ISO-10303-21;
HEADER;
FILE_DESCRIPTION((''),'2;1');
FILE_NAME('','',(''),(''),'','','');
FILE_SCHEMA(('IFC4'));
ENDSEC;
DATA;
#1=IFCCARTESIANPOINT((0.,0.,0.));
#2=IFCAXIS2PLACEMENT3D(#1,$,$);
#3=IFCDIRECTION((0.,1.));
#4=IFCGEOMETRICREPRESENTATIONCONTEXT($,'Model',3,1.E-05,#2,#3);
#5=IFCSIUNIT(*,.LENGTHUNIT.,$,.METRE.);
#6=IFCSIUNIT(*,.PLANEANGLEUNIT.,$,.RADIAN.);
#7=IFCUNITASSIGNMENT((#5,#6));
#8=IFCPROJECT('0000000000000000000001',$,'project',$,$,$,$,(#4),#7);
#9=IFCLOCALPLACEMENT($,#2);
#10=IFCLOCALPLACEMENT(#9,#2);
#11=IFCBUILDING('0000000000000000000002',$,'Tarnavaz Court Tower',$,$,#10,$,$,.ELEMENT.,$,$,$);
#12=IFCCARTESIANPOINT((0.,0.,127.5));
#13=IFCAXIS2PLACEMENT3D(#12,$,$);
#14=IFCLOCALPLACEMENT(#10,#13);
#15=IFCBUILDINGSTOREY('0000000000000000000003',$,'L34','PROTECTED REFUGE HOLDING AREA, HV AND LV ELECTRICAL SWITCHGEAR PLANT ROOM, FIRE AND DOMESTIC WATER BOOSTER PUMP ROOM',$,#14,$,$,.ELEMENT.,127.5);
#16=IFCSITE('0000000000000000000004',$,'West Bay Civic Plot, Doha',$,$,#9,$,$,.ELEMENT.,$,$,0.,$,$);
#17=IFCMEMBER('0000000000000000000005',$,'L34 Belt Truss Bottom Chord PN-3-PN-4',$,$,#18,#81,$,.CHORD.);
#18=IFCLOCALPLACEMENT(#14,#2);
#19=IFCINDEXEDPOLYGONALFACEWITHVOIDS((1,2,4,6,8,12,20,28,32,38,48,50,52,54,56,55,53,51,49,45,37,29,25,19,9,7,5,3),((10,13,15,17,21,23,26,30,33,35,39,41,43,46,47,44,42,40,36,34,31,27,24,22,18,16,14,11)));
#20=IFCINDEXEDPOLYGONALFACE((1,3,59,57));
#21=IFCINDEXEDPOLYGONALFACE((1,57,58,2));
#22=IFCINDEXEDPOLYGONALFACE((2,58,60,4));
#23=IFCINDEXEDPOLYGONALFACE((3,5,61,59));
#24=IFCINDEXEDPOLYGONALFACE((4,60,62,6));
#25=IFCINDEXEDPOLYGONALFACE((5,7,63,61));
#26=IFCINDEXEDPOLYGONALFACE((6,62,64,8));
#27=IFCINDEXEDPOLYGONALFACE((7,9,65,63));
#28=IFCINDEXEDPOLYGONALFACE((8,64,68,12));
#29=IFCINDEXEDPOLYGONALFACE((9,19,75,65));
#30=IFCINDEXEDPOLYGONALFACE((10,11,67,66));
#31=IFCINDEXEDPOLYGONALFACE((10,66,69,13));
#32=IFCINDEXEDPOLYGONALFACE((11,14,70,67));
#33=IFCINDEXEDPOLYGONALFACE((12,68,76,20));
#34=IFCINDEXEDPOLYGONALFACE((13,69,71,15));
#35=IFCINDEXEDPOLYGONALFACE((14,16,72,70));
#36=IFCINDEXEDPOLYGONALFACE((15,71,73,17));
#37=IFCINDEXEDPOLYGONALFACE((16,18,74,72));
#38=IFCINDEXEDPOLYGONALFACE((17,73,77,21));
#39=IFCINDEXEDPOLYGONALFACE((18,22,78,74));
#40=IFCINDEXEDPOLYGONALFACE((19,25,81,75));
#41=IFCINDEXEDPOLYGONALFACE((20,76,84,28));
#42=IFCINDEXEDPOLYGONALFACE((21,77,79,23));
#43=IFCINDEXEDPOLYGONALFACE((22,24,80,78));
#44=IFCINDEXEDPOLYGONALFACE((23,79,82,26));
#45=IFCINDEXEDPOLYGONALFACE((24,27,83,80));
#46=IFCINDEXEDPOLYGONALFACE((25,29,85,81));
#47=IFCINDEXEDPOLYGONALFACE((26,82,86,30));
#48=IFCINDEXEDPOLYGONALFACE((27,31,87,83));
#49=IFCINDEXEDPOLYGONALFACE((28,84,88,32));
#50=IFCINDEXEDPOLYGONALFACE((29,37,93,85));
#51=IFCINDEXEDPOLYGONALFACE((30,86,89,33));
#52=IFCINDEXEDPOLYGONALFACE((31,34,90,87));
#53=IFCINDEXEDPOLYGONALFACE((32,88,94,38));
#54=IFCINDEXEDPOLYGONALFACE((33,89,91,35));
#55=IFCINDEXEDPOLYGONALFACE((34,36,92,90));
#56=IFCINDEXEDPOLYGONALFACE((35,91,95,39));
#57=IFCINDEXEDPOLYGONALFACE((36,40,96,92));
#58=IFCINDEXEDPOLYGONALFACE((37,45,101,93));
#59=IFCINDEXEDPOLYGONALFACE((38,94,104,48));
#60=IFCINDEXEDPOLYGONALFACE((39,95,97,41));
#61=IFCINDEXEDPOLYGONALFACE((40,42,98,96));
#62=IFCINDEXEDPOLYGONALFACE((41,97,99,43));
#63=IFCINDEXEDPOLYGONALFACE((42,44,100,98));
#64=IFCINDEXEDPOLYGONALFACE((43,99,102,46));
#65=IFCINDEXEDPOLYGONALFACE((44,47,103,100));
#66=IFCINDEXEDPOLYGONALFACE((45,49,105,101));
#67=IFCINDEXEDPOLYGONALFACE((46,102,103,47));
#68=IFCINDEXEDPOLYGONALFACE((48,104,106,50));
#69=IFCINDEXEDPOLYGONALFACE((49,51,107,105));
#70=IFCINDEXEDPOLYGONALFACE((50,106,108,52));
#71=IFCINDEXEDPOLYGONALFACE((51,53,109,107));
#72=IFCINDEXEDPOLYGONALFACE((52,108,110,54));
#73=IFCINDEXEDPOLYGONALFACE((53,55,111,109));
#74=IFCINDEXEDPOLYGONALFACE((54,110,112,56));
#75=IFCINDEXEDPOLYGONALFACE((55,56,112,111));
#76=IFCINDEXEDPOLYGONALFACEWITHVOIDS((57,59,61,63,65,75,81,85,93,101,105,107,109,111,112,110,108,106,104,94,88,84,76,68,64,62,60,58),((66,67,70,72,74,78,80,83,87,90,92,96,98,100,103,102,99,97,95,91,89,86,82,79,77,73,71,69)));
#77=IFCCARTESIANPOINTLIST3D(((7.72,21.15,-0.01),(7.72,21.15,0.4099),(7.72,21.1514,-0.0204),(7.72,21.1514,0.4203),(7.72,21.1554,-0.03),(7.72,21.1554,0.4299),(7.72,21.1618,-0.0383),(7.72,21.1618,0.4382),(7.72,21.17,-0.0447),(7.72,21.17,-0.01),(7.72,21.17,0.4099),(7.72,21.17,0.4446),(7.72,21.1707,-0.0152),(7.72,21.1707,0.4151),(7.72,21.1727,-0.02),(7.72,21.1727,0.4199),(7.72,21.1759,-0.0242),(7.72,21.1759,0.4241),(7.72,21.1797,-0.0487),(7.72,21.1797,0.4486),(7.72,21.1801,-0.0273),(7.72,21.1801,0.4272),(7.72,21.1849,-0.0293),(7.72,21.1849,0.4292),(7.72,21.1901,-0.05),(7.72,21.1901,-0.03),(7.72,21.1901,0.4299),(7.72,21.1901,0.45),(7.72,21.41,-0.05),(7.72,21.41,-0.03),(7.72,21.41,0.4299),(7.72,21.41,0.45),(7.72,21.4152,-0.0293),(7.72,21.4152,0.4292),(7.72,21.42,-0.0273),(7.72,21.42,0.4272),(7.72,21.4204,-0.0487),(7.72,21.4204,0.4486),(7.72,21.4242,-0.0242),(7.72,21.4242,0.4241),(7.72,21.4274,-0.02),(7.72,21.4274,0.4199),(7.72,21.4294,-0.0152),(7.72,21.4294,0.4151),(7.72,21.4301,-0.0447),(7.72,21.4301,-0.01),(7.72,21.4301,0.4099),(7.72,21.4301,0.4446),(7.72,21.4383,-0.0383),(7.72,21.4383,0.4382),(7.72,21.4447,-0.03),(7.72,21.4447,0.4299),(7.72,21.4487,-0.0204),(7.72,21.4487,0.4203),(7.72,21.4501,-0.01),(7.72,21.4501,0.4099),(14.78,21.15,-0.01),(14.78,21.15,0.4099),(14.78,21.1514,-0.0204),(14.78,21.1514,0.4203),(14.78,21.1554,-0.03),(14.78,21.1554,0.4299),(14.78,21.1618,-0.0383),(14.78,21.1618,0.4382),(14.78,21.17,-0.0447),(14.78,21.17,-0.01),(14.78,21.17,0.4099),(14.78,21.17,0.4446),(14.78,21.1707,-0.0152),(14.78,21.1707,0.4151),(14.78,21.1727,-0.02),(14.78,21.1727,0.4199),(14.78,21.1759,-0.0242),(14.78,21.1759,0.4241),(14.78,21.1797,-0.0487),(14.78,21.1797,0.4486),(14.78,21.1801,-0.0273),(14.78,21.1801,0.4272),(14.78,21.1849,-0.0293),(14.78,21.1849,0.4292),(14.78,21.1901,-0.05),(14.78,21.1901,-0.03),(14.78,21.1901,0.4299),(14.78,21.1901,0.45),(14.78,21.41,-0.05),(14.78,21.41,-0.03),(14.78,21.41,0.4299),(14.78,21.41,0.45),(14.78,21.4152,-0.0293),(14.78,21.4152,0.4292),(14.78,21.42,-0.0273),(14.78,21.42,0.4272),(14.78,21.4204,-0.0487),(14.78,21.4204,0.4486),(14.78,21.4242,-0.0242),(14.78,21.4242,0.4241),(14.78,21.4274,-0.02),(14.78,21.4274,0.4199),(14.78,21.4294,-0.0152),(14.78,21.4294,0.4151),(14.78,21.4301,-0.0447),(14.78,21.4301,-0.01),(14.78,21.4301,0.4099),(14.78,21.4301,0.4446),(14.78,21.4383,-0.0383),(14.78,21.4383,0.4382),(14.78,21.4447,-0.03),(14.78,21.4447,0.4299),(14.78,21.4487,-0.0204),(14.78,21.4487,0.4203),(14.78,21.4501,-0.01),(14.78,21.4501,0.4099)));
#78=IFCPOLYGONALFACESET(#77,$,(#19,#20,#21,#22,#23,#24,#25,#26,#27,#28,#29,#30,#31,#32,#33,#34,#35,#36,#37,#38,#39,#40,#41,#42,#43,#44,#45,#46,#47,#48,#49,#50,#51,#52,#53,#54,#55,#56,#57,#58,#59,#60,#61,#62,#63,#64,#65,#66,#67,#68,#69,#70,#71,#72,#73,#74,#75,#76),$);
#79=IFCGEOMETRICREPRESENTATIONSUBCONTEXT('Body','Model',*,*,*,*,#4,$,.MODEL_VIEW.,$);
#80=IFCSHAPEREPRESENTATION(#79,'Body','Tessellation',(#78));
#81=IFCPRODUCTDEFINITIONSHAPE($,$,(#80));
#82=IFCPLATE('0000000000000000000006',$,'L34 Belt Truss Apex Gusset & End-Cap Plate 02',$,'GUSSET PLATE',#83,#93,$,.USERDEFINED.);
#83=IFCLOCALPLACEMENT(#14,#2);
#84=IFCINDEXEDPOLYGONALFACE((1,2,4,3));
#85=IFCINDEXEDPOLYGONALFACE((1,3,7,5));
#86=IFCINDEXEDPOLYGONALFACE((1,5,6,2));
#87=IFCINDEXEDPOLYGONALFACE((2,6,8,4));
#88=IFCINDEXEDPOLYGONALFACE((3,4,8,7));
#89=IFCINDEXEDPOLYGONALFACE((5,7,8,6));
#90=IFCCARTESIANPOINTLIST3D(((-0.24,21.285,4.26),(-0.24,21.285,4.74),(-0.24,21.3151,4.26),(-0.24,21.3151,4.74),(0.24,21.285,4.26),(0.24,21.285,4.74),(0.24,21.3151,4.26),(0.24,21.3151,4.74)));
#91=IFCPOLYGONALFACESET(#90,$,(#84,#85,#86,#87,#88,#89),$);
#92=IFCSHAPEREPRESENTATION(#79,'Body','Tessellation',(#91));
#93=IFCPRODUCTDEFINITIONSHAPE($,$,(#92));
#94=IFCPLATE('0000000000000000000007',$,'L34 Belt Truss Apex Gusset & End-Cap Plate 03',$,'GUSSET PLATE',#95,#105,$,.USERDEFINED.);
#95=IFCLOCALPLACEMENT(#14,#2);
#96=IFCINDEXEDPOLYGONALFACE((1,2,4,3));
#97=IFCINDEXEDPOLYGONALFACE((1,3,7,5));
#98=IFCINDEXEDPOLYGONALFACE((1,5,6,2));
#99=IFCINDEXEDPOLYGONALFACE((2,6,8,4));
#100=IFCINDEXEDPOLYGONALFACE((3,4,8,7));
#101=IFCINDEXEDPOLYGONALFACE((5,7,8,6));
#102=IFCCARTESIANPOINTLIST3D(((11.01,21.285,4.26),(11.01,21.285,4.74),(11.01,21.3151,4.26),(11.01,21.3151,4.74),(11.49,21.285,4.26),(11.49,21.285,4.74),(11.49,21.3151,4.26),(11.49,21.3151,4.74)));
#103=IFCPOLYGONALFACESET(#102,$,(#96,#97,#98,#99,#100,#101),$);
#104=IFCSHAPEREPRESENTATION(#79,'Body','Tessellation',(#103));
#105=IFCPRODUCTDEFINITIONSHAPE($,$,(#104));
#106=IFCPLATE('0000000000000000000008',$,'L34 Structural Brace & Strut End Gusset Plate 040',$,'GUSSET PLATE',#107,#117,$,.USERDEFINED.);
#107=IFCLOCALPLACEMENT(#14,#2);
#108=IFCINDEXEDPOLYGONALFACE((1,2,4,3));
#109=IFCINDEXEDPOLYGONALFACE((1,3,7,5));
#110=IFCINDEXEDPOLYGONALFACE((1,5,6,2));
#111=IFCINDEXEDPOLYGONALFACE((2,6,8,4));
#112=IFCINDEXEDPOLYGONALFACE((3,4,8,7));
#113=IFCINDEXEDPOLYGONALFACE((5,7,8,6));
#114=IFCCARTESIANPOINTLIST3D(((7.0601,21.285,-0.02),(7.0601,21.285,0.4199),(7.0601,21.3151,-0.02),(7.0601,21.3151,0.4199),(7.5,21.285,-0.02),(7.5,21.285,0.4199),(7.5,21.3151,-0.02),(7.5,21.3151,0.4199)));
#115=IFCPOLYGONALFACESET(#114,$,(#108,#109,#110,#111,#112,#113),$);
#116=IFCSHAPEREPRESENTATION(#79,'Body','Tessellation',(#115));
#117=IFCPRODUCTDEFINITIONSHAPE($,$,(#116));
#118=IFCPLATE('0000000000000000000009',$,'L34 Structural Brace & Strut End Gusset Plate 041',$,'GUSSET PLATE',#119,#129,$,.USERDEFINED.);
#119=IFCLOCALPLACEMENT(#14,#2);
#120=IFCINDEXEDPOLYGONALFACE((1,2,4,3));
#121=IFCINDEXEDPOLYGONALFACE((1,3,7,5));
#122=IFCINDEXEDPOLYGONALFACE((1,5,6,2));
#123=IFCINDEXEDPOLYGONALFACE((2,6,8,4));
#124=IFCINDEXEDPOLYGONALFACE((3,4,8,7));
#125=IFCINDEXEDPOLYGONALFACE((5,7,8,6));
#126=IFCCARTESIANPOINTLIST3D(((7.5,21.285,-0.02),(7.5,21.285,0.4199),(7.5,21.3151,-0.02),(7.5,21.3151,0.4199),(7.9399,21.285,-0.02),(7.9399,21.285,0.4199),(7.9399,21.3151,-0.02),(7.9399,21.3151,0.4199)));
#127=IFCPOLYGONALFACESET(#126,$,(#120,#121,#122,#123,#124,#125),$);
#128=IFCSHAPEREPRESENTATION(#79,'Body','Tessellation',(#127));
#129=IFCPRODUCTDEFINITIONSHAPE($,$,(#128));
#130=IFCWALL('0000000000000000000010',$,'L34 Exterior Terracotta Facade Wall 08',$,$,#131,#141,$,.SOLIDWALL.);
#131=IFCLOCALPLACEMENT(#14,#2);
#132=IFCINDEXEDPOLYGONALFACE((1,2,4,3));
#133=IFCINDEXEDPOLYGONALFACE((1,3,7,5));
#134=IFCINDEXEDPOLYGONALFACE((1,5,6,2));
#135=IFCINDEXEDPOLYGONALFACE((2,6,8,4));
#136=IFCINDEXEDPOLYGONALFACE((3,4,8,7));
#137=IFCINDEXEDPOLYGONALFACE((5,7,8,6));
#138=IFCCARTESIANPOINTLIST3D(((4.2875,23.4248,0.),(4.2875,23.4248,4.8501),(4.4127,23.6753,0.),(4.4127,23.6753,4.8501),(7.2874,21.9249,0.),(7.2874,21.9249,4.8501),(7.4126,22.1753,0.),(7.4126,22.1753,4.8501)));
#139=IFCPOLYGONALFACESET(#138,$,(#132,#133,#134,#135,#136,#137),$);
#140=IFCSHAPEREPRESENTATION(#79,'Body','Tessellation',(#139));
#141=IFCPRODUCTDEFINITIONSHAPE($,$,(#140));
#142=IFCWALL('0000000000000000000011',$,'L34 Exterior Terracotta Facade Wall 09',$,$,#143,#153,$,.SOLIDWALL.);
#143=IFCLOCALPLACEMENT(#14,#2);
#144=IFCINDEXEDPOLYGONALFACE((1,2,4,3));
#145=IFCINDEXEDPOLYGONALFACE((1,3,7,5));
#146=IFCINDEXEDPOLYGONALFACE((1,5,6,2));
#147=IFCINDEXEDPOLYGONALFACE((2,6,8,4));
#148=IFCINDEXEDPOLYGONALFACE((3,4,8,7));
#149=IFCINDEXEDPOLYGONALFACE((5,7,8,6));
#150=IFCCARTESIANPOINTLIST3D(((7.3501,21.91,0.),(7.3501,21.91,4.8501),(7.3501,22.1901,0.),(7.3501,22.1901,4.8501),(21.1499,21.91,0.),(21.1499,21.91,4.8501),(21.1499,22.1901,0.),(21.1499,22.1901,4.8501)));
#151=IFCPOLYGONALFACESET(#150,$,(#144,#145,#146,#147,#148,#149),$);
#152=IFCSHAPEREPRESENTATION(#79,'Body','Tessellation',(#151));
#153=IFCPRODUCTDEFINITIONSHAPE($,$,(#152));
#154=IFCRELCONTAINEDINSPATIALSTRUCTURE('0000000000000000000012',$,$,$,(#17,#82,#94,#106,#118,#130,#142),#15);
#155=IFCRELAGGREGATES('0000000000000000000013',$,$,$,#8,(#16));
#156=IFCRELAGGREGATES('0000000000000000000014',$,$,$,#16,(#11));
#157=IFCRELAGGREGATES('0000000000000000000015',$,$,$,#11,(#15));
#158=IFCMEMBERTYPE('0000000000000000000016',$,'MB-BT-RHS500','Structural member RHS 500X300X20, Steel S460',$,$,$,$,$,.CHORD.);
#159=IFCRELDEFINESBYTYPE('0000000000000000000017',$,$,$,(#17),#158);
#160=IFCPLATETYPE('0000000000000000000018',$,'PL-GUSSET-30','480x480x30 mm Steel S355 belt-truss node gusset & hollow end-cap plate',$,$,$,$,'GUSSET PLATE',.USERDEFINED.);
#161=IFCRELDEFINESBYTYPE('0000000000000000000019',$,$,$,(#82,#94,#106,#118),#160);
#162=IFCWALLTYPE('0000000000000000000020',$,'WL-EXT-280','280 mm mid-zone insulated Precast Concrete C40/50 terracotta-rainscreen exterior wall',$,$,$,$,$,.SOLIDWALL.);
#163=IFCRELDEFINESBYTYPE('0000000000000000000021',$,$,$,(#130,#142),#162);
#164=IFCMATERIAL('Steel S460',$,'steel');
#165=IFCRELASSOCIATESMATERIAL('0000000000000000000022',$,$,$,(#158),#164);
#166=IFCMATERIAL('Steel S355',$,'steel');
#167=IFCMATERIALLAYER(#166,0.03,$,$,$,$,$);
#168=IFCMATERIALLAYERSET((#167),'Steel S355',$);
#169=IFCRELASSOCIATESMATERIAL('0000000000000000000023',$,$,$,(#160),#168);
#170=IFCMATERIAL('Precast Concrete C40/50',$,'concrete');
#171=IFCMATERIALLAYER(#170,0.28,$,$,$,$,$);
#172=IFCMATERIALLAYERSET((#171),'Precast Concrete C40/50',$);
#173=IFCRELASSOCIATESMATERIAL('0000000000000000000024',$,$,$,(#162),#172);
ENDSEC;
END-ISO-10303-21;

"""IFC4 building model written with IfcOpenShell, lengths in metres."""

from ifc_helpers import new_model, si_unit, direction, frame, frame_2d, origin, origin_2d, place, context, subcontext, project, spatial, rectangle, hollow_rectangle, extrude, material, layer, layer_set, material_profile, profile_set, type_object, element, save


model = new_model("IFC4")

# Units and contexts
model_context = context("Model", 3, precision=1e-05, world=origin(), true_north=direction((0.0, 1.0)))
body_context = subcontext(model_context, "Body", "Model", "MODEL_VIEW")
ifc_project = project(units=[si_unit("LENGTHUNIT", "METRE"), si_unit("PLANEANGLEUNIT", "RADIAN")], contexts=[model_context])

# Site, building, storey
site_placement = place(None, origin())
site = spatial("IfcSite", under=ifc_project, at=site_placement, Name="West Bay Civic Plot, Doha", CompositionType="ELEMENT", RefElevation=0.0)
building_placement = place(site_placement, origin())
building = spatial("IfcBuilding", under=site, at=building_placement, Name="Tarnavaz Court Tower", CompositionType="ELEMENT")
storey_placement = place(building_placement, frame((0.0, 0.0, 127.5)))
storey = spatial("IfcBuildingStorey", under=building, at=storey_placement, Name="L34", Description="PROTECTED REFUGE HOLDING AREA, HV AND LV ELECTRICAL SWITCHGEAR PLANT ROOM, FIRE AND DOMESTIC WATER BOOSTER PUMP ROOM", CompositionType="ELEMENT", Elevation=127.5)

# Shared definitions
ifc_material_1 = material(Name="Steel S460", Category="steel")

# Shared definitions
ifc_material_2 = material(Name="Steel S355", Category="steel")

# Member
ifc_material_profile_1 = material_profile(ifc_material_1, hollow_rectangle(XDim=0.3, YDim=0.5, WallThickness=0.02, InnerFilletRadius=0.02, OuterFilletRadius=0.04, at=origin_2d()), Name="RHS 500X300X20")
ifc_profile_set_1 = profile_set([ifc_material_profile_1], Name="Steel S460")
member_type_1 = type_object("IfcMemberType", Name="MB-BT-RHS500", Description="Structural member RHS 500X300X20, Steel S460", PredefinedType="CHORD", material=ifc_profile_set_1)
member_1_placement = place(storey_placement, frame((7.72, 21.3, 0.2), z_axis=(1.0, 0.0, 0.0), x_axis=(0.0, 1.0, 0.0)))
element("IfcMember", 1, at=member_1_placement, inside=storey, type_object=member_type_1, Name="L34 Belt Truss Bottom Chord PN-3-PN-4", PredefinedType="CHORD", context=body_context, shape_type="SweptSolid", body=[
    extrude(hollow_rectangle(XDim=0.3, YDim=0.5, WallThickness=0.02, InnerFilletRadius=0.02, OuterFilletRadius=0.04, at=origin_2d()), origin(), (0.0, 0.0, 1.0), 7.0601),
])

# Plates
ifc_layer_1 = layer(ifc_material_2, 0.03)
ifc_layer_set_1 = layer_set([ifc_layer_1], Name="Steel S355")
plate_type = type_object("IfcPlateType", Name="PL-GUSSET-30", Description="480x480x30 mm Steel S355 belt-truss node gusset & hollow end-cap plate", ElementType="GUSSET PLATE", PredefinedType="USERDEFINED", material=ifc_layer_set_1)
for number, where, z_axis, x_axis, name in (
    (2, (0.0, 21.3, 4.26), (0.0, 0.0, 1.0), (1.0, 0.0, 0.0), "L34 Belt Truss Apex Gusset & End-Cap Plate 02"),
    (3, (11.25, 21.3, 4.26), (0.0, 0.0, 1.0), (1.0, 0.0, 0.0), "L34 Belt Truss Apex Gusset & End-Cap Plate 03"),
):
    element("IfcPlate", number, at=place(storey_placement, frame(where, z_axis=z_axis, x_axis=x_axis)), inside=storey, type_object=plate_type, Name=name, ObjectType="GUSSET PLATE", PredefinedType="USERDEFINED", context=body_context, shape_type="SweptSolid", body=[
        extrude(rectangle(XDim=0.48, YDim=0.03, at=origin_2d()), origin(), (0.0, 0.0, 1.0), 0.48),
    ])
for number, where, z_axis, x_axis, name in (
    (4, (7.28, 21.3, -0.02), (0.0, 0.0, 1.0), (1.0, 0.0, 0.0), "L34 Structural Brace & Strut End Gusset Plate 040"),
    (5, (7.72, 21.3, -0.02), (0.0, 0.0, 1.0), (1.0, 0.0, 0.0), "L34 Structural Brace & Strut End Gusset Plate 041"),
):
    element("IfcPlate", number, at=place(storey_placement, frame(where, z_axis=z_axis, x_axis=x_axis)), inside=storey, type_object=plate_type, Name=name, ObjectType="GUSSET PLATE", PredefinedType="USERDEFINED", context=body_context, shape_type="SweptSolid", body=[
        extrude(rectangle(XDim=0.4399, YDim=0.03, at=origin_2d()), origin(), (0.0, 0.0, 1.0), 0.4399),
    ])

# Walls
ifc_material_3 = material(Name="Precast Concrete C40/50", Category="concrete")
ifc_layer_2 = layer(ifc_material_3, 0.28)
ifc_layer_set_2 = layer_set([ifc_layer_2], Name="Precast Concrete C40/50")
wall_type_1 = type_object("IfcWallType", Name="WL-EXT-280", Description="280 mm mid-zone insulated Precast Concrete C40/50 terracotta-rainscreen exterior wall", PredefinedType="SOLIDWALL", material=ifc_layer_set_2)
wall_1_placement = place(storey_placement, frame((4.3501, 23.55, 0.0), z_axis=(0.0, 0.0, 1.0), x_axis=(0.894427, -0.447214, 0.0)))
element("IfcWall", 6, at=wall_1_placement, inside=storey, type_object=wall_type_1, Name="L34 Exterior Terracotta Facade Wall 08", PredefinedType="SOLIDWALL", context=body_context, shape_type="SweptSolid", body=[
    extrude(rectangle(XDim=3.354, YDim=0.28, at=frame_2d((1.677, 0.0))), origin(), (0.0, 0.0, 1.0), 4.8501),
])
wall_2_placement = place(storey_placement, frame((7.3501, 22.05, 0.0), z_axis=(0.0, 0.0, 1.0), x_axis=(1.0, 0.0, 0.0)))
element("IfcWall", 7, at=wall_2_placement, inside=storey, type_object=wall_type_1, Name="L34 Exterior Terracotta Facade Wall 09", PredefinedType="SOLIDWALL", context=body_context, shape_type="SweptSolid", body=[
    extrude(rectangle(XDim=13.7998, YDim=0.28, at=frame_2d((6.8999, 0.0))), origin(), (0.0, 0.0, 1.0), 4.8501),
])

save(model, "model.ifc")
